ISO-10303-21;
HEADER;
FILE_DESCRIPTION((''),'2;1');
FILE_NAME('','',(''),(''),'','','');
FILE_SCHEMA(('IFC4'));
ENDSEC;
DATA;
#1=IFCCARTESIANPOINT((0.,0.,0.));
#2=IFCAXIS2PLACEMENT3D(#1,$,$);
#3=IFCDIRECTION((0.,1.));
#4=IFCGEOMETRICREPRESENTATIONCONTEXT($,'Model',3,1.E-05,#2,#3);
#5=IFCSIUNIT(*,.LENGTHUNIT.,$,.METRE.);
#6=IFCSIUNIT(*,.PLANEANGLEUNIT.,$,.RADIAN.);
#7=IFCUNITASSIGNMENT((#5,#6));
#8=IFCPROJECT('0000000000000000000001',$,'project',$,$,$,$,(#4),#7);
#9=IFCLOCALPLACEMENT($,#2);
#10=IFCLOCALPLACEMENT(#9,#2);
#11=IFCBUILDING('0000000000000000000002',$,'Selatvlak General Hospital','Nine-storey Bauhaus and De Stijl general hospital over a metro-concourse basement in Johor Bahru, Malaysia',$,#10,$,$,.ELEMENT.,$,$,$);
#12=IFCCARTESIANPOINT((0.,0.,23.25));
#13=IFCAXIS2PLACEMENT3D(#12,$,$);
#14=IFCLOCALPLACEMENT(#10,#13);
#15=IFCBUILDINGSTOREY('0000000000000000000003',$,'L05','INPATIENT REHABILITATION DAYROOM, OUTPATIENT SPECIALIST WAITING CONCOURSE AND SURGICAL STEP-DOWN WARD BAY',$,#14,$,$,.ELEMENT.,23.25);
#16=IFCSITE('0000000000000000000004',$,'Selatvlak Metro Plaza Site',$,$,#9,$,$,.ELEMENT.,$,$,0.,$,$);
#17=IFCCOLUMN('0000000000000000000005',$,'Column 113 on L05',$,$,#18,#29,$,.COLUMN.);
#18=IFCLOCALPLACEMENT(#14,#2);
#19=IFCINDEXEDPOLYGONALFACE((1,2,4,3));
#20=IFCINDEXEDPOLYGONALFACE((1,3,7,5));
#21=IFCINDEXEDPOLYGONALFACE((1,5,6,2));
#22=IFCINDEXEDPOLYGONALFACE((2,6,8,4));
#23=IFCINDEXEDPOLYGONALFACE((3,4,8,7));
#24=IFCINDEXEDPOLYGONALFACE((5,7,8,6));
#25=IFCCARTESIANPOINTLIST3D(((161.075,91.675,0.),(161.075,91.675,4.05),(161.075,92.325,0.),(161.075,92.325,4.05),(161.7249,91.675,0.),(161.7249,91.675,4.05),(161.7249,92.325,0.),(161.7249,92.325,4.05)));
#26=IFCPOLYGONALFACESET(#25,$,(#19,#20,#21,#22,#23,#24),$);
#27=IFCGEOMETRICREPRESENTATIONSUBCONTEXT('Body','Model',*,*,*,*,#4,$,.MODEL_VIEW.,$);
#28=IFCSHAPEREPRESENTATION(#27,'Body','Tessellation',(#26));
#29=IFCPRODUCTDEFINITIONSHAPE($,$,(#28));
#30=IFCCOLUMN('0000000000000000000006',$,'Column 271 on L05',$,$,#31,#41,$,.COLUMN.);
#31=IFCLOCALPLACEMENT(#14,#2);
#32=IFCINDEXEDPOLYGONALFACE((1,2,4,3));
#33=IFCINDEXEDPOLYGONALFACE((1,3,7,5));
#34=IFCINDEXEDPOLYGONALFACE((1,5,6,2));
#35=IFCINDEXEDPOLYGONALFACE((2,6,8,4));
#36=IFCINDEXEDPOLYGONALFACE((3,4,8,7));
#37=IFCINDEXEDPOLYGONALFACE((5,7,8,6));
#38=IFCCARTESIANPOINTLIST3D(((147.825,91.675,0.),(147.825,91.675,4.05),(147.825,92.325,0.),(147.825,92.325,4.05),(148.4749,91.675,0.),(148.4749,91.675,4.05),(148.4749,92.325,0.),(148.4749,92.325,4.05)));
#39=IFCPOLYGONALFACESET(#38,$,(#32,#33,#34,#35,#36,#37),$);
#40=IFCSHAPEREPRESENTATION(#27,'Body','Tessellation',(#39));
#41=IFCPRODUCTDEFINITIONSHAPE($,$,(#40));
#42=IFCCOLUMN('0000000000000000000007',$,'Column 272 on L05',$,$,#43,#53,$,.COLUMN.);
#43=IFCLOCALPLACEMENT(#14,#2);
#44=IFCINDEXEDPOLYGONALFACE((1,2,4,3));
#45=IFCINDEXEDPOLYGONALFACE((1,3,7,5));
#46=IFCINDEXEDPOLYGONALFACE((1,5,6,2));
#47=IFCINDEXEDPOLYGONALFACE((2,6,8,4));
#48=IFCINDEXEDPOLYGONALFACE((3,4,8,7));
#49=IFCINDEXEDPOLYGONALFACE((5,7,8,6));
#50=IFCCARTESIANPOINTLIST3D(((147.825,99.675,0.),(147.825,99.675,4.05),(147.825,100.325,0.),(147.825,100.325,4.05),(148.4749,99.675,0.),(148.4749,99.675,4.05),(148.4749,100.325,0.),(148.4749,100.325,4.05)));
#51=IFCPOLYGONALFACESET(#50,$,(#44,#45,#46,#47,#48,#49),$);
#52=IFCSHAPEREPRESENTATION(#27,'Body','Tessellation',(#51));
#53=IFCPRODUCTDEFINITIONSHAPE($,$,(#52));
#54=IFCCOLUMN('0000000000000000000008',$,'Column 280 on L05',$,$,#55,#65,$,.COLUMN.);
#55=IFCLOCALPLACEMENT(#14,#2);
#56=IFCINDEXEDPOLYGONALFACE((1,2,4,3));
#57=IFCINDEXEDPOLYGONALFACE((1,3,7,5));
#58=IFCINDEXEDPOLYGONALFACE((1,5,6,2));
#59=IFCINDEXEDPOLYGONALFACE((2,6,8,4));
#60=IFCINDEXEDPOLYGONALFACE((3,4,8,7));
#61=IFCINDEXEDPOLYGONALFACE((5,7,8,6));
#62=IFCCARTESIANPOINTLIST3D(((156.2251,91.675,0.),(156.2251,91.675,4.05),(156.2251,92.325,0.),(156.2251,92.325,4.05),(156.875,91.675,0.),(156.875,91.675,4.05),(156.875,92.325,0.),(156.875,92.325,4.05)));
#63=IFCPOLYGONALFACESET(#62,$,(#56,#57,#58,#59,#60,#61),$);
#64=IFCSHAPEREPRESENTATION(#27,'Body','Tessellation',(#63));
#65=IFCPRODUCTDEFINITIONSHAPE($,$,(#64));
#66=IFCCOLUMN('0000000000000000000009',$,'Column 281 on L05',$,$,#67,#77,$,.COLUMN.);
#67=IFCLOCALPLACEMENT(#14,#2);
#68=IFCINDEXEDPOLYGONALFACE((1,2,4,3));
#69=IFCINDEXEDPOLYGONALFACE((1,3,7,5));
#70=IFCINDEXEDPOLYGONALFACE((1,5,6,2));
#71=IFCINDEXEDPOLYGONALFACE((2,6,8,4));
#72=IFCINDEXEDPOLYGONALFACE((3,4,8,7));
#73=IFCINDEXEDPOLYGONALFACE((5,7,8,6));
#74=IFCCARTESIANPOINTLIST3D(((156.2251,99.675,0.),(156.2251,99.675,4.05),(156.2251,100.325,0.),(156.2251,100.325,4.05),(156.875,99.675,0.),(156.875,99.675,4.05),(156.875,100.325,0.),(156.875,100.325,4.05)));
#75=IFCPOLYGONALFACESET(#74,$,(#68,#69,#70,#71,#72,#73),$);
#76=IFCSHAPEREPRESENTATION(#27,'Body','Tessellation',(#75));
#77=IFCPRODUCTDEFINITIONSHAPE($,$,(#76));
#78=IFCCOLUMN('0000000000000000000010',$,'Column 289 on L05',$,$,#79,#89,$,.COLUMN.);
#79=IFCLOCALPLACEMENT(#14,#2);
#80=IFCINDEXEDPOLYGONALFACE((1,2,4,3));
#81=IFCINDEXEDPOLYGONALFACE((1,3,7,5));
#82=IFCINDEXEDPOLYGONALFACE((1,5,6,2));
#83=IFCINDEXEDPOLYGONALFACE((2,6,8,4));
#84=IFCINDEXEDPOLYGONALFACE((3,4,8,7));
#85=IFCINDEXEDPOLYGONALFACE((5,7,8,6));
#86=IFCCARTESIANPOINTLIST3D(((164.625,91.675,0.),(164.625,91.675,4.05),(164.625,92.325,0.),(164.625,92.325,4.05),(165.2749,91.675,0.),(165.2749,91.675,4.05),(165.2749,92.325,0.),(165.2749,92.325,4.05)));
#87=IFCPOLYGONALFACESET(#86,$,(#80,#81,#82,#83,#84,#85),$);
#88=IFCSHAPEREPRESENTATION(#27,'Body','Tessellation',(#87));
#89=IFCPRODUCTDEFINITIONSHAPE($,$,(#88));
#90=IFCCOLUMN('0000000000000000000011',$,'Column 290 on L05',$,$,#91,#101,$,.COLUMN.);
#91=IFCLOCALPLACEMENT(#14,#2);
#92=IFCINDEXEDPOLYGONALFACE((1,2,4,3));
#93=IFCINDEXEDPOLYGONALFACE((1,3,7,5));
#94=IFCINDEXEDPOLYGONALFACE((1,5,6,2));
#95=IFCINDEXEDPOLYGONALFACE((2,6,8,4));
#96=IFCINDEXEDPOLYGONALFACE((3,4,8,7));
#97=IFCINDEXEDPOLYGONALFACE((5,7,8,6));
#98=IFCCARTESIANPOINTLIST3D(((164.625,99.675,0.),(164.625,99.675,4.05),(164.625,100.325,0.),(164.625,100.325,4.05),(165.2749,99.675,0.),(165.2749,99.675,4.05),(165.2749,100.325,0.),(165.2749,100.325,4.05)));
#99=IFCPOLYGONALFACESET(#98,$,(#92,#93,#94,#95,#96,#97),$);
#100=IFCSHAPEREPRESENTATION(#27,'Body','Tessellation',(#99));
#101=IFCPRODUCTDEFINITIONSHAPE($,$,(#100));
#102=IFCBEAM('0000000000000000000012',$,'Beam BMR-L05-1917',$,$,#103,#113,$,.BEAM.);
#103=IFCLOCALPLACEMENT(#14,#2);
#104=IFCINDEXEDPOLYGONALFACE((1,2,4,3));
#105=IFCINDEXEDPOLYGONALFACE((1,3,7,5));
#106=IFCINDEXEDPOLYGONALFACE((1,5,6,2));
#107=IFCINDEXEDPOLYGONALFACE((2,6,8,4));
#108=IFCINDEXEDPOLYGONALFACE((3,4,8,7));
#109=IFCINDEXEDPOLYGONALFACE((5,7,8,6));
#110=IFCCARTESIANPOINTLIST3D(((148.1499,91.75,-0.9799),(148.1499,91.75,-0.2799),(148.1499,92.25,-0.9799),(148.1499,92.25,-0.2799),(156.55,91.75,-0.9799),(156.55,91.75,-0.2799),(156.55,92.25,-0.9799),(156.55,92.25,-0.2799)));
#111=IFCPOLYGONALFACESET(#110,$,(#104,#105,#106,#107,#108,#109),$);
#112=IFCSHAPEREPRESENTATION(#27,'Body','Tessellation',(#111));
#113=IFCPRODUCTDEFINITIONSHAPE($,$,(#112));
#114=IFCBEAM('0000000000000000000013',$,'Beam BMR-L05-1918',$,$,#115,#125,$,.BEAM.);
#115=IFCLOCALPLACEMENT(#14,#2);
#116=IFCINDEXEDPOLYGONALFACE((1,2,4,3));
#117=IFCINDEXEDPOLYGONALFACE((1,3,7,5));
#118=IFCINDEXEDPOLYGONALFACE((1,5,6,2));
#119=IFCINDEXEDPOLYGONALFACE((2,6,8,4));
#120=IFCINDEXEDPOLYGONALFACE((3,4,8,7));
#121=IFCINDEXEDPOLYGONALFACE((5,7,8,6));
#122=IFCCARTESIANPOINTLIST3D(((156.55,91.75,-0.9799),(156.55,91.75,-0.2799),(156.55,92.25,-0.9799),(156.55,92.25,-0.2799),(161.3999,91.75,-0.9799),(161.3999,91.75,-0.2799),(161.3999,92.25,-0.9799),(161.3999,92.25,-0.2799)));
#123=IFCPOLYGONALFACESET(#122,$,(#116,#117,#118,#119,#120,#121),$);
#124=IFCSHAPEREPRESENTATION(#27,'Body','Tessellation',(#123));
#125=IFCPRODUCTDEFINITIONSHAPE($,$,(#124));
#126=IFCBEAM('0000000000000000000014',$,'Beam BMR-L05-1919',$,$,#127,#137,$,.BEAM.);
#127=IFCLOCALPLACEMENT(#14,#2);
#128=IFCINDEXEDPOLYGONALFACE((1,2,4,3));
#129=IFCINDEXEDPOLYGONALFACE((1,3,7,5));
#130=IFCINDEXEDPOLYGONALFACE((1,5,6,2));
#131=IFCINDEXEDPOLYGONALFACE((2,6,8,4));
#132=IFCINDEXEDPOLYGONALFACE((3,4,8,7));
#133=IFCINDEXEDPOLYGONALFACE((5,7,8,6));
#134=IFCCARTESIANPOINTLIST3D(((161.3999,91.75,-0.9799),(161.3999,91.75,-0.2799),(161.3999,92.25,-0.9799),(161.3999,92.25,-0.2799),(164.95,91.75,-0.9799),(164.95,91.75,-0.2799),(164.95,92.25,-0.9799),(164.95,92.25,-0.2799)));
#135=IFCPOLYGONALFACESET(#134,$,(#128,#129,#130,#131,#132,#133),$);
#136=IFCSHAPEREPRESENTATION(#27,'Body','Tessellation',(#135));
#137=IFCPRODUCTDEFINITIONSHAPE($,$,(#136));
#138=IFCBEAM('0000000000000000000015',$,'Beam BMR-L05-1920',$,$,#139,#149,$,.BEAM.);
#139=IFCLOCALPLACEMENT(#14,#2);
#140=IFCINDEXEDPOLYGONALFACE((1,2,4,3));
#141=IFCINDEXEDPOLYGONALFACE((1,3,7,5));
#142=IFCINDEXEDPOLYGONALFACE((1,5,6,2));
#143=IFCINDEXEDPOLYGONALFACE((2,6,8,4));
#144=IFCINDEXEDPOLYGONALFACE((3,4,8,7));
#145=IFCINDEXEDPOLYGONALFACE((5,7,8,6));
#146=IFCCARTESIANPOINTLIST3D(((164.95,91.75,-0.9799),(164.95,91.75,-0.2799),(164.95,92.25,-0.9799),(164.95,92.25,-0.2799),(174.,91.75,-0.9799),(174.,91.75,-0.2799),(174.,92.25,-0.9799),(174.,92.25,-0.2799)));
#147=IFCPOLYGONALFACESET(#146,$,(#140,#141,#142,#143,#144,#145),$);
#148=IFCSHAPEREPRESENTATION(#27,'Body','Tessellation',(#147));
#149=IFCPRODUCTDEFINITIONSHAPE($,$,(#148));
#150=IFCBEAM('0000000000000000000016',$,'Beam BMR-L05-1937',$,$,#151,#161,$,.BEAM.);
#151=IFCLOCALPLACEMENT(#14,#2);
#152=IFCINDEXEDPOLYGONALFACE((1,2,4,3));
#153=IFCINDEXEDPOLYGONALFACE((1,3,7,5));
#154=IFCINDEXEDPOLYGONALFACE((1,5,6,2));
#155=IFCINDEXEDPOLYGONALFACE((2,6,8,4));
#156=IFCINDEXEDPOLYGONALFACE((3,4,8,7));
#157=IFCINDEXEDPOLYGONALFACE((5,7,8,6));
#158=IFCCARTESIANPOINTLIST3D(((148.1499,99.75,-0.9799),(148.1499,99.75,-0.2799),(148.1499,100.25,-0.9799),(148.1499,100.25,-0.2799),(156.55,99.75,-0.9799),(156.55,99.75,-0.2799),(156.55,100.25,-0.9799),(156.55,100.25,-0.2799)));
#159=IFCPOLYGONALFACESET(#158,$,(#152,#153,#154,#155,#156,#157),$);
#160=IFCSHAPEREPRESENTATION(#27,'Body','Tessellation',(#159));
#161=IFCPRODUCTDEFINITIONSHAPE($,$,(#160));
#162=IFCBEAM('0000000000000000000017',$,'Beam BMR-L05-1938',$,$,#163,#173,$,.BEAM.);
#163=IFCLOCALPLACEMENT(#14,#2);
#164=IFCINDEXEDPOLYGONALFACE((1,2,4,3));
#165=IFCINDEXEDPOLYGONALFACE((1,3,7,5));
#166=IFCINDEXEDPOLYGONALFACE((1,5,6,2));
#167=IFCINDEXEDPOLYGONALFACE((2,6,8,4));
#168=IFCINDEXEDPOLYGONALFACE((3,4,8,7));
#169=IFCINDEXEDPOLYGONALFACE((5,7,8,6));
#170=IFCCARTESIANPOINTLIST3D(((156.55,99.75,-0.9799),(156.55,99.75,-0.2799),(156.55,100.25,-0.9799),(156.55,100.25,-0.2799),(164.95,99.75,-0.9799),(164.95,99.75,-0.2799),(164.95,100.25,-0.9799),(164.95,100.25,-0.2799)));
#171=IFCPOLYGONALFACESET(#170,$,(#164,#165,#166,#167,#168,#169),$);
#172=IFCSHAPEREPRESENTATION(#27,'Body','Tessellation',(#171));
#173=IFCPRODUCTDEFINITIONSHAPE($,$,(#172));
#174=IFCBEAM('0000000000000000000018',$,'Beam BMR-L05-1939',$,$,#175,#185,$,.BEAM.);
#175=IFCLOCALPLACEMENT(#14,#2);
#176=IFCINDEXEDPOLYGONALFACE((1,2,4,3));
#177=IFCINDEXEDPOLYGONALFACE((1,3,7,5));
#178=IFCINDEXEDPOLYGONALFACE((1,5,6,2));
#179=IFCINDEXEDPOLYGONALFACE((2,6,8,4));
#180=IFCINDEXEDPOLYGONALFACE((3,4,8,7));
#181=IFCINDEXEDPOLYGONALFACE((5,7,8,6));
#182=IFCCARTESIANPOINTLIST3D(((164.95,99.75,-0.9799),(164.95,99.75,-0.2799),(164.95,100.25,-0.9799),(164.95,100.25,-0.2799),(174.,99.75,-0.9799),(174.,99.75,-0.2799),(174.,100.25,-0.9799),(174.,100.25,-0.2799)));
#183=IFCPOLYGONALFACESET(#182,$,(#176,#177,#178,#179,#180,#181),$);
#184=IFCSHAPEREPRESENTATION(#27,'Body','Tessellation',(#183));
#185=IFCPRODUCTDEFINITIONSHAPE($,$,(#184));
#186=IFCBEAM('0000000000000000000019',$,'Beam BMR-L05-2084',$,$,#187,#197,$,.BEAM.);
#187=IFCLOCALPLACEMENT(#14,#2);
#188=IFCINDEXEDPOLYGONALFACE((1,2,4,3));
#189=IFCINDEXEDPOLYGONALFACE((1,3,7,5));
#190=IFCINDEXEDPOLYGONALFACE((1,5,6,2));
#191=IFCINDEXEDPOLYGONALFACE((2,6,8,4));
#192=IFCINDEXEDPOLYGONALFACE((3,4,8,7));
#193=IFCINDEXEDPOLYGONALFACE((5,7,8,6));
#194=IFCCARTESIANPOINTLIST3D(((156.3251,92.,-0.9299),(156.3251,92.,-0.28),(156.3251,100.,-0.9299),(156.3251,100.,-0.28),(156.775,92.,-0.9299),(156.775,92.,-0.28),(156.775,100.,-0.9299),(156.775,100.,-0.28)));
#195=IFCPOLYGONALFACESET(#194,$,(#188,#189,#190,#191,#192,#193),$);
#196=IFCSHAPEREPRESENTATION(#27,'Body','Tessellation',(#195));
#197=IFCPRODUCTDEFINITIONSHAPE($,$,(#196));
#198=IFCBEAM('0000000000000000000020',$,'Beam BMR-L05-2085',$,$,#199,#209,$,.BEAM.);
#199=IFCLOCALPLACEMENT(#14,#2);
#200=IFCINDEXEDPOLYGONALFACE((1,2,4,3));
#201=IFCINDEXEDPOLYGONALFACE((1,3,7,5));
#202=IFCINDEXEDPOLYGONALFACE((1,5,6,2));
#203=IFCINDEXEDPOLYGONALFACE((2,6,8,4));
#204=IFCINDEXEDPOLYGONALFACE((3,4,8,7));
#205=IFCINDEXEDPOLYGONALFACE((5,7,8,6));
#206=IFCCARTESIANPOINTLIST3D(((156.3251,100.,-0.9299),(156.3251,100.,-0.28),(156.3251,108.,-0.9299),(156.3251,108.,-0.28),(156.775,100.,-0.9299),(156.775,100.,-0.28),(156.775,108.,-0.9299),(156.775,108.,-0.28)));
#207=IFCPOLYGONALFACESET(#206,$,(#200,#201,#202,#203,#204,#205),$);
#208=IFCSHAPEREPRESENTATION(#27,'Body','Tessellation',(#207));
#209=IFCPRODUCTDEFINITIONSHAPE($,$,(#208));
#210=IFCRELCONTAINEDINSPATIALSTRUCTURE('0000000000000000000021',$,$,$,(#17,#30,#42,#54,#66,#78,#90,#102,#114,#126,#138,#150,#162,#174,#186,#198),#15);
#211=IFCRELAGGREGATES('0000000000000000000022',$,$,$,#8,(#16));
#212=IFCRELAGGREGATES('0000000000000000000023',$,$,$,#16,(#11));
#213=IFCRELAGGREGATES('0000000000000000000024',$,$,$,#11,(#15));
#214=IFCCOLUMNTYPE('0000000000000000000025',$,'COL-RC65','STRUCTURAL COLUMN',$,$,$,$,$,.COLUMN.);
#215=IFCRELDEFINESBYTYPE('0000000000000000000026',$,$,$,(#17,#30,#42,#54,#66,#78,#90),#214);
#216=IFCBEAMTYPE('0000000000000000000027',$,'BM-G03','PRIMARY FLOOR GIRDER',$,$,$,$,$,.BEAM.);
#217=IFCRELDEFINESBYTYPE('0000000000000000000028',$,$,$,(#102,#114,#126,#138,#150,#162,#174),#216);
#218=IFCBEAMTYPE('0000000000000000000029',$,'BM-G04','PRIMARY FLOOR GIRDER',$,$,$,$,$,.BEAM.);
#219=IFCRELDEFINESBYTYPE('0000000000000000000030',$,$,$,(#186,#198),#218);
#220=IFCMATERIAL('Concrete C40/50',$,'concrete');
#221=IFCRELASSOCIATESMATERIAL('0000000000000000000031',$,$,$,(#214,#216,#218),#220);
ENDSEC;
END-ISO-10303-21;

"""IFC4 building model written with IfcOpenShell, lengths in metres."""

from ifc_helpers import new_model, si_unit, direction, frame, origin, origin_2d, place, context, subcontext, project, spatial, rectangle, extrude, material, material_profile, profile_set, type_object, element, save


model = new_model("IFC4")

# Units and contexts
model_context = context("Model", 3, precision=1e-05, world=origin(), true_north=direction((0.0, 1.0)))
body_context = subcontext(model_context, "Body", "Model", "MODEL_VIEW")
ifc_project = project(units=[si_unit("LENGTHUNIT", "METRE"), si_unit("PLANEANGLEUNIT", "RADIAN")], contexts=[model_context])

# Site, building, storey
site_placement = place(None, origin())
site = spatial("IfcSite", under=ifc_project, at=site_placement, Name="Selatvlak Metro Plaza Site", CompositionType="ELEMENT", RefElevation=0.0)
building_placement = place(site_placement, origin())
building = spatial("IfcBuilding", under=site, at=building_placement, Name="Selatvlak General Hospital", Description="Nine-storey Bauhaus and De Stijl general hospital over a metro-concourse basement in Johor Bahru, Malaysia", CompositionType="ELEMENT")
storey_placement = place(building_placement, frame((0.0, 0.0, 23.25)))
storey = spatial("IfcBuildingStorey", under=building, at=storey_placement, Name="L05", Description="INPATIENT REHABILITATION DAYROOM, OUTPATIENT SPECIALIST WAITING CONCOURSE AND SURGICAL STEP-DOWN WARD BAY", CompositionType="ELEMENT", Elevation=23.25)

# Columns
ifc_material_1 = material(Name="Concrete C40/50", Category="concrete")
ifc_material_profile_1 = material_profile(ifc_material_1, rectangle(XDim=0.6499, YDim=0.6499, at=origin_2d()), Name="RC-COL 650x650")
ifc_profile_set_1 = profile_set([ifc_material_profile_1], Name="Concrete C40/50")
column_type = type_object("IfcColumnType", Name="COL-RC65", Description="STRUCTURAL COLUMN", PredefinedType="COLUMN", material=ifc_profile_set_1)
for number, where, z_axis, x_axis, name in (
    (1, (161.3999, 92.0, 0.0), (0.0, 0.0, 1.0), (1.0, 0.0, 0.0), "Column 113 on L05"),
    (2, (148.1499, 92.0, 0.0), (0.0, 0.0, 1.0), (1.0, 0.0, 0.0), "Column 271 on L05"),
    (3, (148.1499, 100.0, 0.0), (0.0, 0.0, 1.0), (1.0, 0.0, 0.0), "Column 272 on L05"),
    (4, (156.55, 92.0, 0.0), (0.0, 0.0, 1.0), (1.0, 0.0, 0.0), "Column 280 on L05"),
    (5, (156.55, 100.0, 0.0), (0.0, 0.0, 1.0), (1.0, 0.0, 0.0), "Column 281 on L05"),
    (6, (164.95, 92.0, 0.0), (0.0, 0.0, 1.0), (1.0, 0.0, 0.0), "Column 289 on L05"),
    (7, (164.95, 100.0, 0.0), (0.0, 0.0, 1.0), (1.0, 0.0, 0.0), "Column 290 on L05"),
):
    element("IfcColumn", number, at=place(storey_placement, frame(where, z_axis=z_axis, x_axis=x_axis)), inside=storey, type_object=column_type, Name=name, PredefinedType="COLUMN", context=body_context, shape_type="SweptSolid", body=[
        extrude(rectangle(XDim=0.6499, YDim=0.6499, at=origin_2d()), origin(), (0.0, 0.0, 1.0), 4.05),
    ])

# Beams
ifc_material_profile_2 = material_profile(ifc_material_1, rectangle(XDim=0.5, YDim=0.7, at=origin_2d()), Name="RC-BM 500x700")
ifc_profile_set_2 = profile_set([ifc_material_profile_2], Name="Concrete C40/50")
beam_type_1 = type_object("IfcBeamType", Name="BM-G03", Description="PRIMARY FLOOR GIRDER", PredefinedType="BEAM", material=ifc_profile_set_2)
beam_1_placement = place(storey_placement, frame((148.1499, 92.0, -0.6299), z_axis=(1.0, 0.0, 0.0), x_axis=(0.0, 1.0, 0.0)))
element("IfcBeam", 8, at=beam_1_placement, inside=storey, type_object=beam_type_1, Name="Beam BMR-L05-1917", PredefinedType="BEAM", context=body_context, shape_type="SweptSolid", body=[
    extrude(rectangle(XDim=0.5, YDim=0.7, at=origin_2d()), origin(), (0.0, 0.0, 1.0), 8.4001),
])
beam_2_placement = place(storey_placement, frame((156.55, 92.0, -0.6299), z_axis=(1.0, 0.0, 0.0), x_axis=(0.0, 1.0, 0.0)))
element("IfcBeam", 9, at=beam_2_placement, inside=storey, type_object=beam_type_1, Name="Beam BMR-L05-1918", PredefinedType="BEAM", context=body_context, shape_type="SweptSolid", body=[
    extrude(rectangle(XDim=0.5, YDim=0.7, at=origin_2d()), origin(), (0.0, 0.0, 1.0), 4.8499),
])
beam_3_placement = place(storey_placement, frame((161.3999, 92.0, -0.6299), z_axis=(1.0, 0.0, 0.0), x_axis=(0.0, 1.0, 0.0)))
element("IfcBeam", 10, at=beam_3_placement, inside=storey, type_object=beam_type_1, Name="Beam BMR-L05-1919", PredefinedType="BEAM", context=body_context, shape_type="SweptSolid", body=[
    extrude(rectangle(XDim=0.5, YDim=0.7, at=origin_2d()), origin(), (0.0, 0.0, 1.0), 3.55),
])
beam_4_placement = place(storey_placement, frame((164.95, 92.0, -0.6299), z_axis=(1.0, 0.0, 0.0), x_axis=(0.0, 1.0, 0.0)))
element("IfcBeam", 11, at=beam_4_placement, inside=storey, type_object=beam_type_1, Name="Beam BMR-L05-1920", PredefinedType="BEAM", context=body_context, shape_type="SweptSolid", body=[
    extrude(rectangle(XDim=0.5, YDim=0.7, at=origin_2d()), origin(), (0.0, 0.0, 1.0), 9.05),
])
beam_5_placement = place(storey_placement, frame((148.1499, 100.0, -0.6299), z_axis=(1.0, 0.0, 0.0), x_axis=(0.0, 1.0, 0.0)))
element("IfcBeam", 12, at=beam_5_placement, inside=storey, type_object=beam_type_1, Name="Beam BMR-L05-1937", PredefinedType="BEAM", context=body_context, shape_type="SweptSolid", body=[
    extrude(rectangle(XDim=0.5, YDim=0.7, at=origin_2d()), origin(), (0.0, 0.0, 1.0), 8.4001),
])
beam_6_placement = place(storey_placement, frame((156.55, 100.0, -0.6299), z_axis=(1.0, 0.0, 0.0), x_axis=(0.0, 1.0, 0.0)))
element("IfcBeam", 13, at=beam_6_placement, inside=storey, type_object=beam_type_1, Name="Beam BMR-L05-1938", PredefinedType="BEAM", context=body_context, shape_type="SweptSolid", body=[
    extrude(rectangle(XDim=0.5, YDim=0.7, at=origin_2d()), origin(), (0.0, 0.0, 1.0), 8.3999),
])
beam_7_placement = place(storey_placement, frame((164.95, 100.0, -0.6299), z_axis=(1.0, 0.0, 0.0), x_axis=(0.0, 1.0, 0.0)))
element("IfcBeam", 14, at=beam_7_placement, inside=storey, type_object=beam_type_1, Name="Beam BMR-L05-1939", PredefinedType="BEAM", context=body_context, shape_type="SweptSolid", body=[
    extrude(rectangle(XDim=0.5, YDim=0.7, at=origin_2d()), origin(), (0.0, 0.0, 1.0), 9.05),
])
ifc_material_profile_3 = material_profile(ifc_material_1, rectangle(XDim=0.45, YDim=0.6499, at=origin_2d()), Name="RC-BM 450x650")
ifc_profile_set_3 = profile_set([ifc_material_profile_3], Name="Concrete C40/50")
beam_type_2 = type_object("IfcBeamType", Name="BM-G04", Description="PRIMARY FLOOR GIRDER", PredefinedType="BEAM", material=ifc_profile_set_3)
for number, where, z_axis, x_axis, name in (
    (15, (156.55, 92.0, -0.605), (0.0, 1.0, 0.0), (-1.0, 0.0, 0.0), "Beam BMR-L05-2084"),
    (16, (156.55, 100.0, -0.605), (0.0, 1.0, 0.0), (-1.0, 0.0, 0.0), "Beam BMR-L05-2085"),
):
    element("IfcBeam", number, at=place(storey_placement, frame(where, z_axis=z_axis, x_axis=x_axis)), inside=storey, type_object=beam_type_2, Name=name, PredefinedType="BEAM", context=body_context, shape_type="SweptSolid", body=[
        extrude(rectangle(XDim=0.45, YDim=0.6499, at=origin_2d()), origin(), (0.0, 0.0, 1.0), 8.0),
    ])

save(model, "model.ifc")
